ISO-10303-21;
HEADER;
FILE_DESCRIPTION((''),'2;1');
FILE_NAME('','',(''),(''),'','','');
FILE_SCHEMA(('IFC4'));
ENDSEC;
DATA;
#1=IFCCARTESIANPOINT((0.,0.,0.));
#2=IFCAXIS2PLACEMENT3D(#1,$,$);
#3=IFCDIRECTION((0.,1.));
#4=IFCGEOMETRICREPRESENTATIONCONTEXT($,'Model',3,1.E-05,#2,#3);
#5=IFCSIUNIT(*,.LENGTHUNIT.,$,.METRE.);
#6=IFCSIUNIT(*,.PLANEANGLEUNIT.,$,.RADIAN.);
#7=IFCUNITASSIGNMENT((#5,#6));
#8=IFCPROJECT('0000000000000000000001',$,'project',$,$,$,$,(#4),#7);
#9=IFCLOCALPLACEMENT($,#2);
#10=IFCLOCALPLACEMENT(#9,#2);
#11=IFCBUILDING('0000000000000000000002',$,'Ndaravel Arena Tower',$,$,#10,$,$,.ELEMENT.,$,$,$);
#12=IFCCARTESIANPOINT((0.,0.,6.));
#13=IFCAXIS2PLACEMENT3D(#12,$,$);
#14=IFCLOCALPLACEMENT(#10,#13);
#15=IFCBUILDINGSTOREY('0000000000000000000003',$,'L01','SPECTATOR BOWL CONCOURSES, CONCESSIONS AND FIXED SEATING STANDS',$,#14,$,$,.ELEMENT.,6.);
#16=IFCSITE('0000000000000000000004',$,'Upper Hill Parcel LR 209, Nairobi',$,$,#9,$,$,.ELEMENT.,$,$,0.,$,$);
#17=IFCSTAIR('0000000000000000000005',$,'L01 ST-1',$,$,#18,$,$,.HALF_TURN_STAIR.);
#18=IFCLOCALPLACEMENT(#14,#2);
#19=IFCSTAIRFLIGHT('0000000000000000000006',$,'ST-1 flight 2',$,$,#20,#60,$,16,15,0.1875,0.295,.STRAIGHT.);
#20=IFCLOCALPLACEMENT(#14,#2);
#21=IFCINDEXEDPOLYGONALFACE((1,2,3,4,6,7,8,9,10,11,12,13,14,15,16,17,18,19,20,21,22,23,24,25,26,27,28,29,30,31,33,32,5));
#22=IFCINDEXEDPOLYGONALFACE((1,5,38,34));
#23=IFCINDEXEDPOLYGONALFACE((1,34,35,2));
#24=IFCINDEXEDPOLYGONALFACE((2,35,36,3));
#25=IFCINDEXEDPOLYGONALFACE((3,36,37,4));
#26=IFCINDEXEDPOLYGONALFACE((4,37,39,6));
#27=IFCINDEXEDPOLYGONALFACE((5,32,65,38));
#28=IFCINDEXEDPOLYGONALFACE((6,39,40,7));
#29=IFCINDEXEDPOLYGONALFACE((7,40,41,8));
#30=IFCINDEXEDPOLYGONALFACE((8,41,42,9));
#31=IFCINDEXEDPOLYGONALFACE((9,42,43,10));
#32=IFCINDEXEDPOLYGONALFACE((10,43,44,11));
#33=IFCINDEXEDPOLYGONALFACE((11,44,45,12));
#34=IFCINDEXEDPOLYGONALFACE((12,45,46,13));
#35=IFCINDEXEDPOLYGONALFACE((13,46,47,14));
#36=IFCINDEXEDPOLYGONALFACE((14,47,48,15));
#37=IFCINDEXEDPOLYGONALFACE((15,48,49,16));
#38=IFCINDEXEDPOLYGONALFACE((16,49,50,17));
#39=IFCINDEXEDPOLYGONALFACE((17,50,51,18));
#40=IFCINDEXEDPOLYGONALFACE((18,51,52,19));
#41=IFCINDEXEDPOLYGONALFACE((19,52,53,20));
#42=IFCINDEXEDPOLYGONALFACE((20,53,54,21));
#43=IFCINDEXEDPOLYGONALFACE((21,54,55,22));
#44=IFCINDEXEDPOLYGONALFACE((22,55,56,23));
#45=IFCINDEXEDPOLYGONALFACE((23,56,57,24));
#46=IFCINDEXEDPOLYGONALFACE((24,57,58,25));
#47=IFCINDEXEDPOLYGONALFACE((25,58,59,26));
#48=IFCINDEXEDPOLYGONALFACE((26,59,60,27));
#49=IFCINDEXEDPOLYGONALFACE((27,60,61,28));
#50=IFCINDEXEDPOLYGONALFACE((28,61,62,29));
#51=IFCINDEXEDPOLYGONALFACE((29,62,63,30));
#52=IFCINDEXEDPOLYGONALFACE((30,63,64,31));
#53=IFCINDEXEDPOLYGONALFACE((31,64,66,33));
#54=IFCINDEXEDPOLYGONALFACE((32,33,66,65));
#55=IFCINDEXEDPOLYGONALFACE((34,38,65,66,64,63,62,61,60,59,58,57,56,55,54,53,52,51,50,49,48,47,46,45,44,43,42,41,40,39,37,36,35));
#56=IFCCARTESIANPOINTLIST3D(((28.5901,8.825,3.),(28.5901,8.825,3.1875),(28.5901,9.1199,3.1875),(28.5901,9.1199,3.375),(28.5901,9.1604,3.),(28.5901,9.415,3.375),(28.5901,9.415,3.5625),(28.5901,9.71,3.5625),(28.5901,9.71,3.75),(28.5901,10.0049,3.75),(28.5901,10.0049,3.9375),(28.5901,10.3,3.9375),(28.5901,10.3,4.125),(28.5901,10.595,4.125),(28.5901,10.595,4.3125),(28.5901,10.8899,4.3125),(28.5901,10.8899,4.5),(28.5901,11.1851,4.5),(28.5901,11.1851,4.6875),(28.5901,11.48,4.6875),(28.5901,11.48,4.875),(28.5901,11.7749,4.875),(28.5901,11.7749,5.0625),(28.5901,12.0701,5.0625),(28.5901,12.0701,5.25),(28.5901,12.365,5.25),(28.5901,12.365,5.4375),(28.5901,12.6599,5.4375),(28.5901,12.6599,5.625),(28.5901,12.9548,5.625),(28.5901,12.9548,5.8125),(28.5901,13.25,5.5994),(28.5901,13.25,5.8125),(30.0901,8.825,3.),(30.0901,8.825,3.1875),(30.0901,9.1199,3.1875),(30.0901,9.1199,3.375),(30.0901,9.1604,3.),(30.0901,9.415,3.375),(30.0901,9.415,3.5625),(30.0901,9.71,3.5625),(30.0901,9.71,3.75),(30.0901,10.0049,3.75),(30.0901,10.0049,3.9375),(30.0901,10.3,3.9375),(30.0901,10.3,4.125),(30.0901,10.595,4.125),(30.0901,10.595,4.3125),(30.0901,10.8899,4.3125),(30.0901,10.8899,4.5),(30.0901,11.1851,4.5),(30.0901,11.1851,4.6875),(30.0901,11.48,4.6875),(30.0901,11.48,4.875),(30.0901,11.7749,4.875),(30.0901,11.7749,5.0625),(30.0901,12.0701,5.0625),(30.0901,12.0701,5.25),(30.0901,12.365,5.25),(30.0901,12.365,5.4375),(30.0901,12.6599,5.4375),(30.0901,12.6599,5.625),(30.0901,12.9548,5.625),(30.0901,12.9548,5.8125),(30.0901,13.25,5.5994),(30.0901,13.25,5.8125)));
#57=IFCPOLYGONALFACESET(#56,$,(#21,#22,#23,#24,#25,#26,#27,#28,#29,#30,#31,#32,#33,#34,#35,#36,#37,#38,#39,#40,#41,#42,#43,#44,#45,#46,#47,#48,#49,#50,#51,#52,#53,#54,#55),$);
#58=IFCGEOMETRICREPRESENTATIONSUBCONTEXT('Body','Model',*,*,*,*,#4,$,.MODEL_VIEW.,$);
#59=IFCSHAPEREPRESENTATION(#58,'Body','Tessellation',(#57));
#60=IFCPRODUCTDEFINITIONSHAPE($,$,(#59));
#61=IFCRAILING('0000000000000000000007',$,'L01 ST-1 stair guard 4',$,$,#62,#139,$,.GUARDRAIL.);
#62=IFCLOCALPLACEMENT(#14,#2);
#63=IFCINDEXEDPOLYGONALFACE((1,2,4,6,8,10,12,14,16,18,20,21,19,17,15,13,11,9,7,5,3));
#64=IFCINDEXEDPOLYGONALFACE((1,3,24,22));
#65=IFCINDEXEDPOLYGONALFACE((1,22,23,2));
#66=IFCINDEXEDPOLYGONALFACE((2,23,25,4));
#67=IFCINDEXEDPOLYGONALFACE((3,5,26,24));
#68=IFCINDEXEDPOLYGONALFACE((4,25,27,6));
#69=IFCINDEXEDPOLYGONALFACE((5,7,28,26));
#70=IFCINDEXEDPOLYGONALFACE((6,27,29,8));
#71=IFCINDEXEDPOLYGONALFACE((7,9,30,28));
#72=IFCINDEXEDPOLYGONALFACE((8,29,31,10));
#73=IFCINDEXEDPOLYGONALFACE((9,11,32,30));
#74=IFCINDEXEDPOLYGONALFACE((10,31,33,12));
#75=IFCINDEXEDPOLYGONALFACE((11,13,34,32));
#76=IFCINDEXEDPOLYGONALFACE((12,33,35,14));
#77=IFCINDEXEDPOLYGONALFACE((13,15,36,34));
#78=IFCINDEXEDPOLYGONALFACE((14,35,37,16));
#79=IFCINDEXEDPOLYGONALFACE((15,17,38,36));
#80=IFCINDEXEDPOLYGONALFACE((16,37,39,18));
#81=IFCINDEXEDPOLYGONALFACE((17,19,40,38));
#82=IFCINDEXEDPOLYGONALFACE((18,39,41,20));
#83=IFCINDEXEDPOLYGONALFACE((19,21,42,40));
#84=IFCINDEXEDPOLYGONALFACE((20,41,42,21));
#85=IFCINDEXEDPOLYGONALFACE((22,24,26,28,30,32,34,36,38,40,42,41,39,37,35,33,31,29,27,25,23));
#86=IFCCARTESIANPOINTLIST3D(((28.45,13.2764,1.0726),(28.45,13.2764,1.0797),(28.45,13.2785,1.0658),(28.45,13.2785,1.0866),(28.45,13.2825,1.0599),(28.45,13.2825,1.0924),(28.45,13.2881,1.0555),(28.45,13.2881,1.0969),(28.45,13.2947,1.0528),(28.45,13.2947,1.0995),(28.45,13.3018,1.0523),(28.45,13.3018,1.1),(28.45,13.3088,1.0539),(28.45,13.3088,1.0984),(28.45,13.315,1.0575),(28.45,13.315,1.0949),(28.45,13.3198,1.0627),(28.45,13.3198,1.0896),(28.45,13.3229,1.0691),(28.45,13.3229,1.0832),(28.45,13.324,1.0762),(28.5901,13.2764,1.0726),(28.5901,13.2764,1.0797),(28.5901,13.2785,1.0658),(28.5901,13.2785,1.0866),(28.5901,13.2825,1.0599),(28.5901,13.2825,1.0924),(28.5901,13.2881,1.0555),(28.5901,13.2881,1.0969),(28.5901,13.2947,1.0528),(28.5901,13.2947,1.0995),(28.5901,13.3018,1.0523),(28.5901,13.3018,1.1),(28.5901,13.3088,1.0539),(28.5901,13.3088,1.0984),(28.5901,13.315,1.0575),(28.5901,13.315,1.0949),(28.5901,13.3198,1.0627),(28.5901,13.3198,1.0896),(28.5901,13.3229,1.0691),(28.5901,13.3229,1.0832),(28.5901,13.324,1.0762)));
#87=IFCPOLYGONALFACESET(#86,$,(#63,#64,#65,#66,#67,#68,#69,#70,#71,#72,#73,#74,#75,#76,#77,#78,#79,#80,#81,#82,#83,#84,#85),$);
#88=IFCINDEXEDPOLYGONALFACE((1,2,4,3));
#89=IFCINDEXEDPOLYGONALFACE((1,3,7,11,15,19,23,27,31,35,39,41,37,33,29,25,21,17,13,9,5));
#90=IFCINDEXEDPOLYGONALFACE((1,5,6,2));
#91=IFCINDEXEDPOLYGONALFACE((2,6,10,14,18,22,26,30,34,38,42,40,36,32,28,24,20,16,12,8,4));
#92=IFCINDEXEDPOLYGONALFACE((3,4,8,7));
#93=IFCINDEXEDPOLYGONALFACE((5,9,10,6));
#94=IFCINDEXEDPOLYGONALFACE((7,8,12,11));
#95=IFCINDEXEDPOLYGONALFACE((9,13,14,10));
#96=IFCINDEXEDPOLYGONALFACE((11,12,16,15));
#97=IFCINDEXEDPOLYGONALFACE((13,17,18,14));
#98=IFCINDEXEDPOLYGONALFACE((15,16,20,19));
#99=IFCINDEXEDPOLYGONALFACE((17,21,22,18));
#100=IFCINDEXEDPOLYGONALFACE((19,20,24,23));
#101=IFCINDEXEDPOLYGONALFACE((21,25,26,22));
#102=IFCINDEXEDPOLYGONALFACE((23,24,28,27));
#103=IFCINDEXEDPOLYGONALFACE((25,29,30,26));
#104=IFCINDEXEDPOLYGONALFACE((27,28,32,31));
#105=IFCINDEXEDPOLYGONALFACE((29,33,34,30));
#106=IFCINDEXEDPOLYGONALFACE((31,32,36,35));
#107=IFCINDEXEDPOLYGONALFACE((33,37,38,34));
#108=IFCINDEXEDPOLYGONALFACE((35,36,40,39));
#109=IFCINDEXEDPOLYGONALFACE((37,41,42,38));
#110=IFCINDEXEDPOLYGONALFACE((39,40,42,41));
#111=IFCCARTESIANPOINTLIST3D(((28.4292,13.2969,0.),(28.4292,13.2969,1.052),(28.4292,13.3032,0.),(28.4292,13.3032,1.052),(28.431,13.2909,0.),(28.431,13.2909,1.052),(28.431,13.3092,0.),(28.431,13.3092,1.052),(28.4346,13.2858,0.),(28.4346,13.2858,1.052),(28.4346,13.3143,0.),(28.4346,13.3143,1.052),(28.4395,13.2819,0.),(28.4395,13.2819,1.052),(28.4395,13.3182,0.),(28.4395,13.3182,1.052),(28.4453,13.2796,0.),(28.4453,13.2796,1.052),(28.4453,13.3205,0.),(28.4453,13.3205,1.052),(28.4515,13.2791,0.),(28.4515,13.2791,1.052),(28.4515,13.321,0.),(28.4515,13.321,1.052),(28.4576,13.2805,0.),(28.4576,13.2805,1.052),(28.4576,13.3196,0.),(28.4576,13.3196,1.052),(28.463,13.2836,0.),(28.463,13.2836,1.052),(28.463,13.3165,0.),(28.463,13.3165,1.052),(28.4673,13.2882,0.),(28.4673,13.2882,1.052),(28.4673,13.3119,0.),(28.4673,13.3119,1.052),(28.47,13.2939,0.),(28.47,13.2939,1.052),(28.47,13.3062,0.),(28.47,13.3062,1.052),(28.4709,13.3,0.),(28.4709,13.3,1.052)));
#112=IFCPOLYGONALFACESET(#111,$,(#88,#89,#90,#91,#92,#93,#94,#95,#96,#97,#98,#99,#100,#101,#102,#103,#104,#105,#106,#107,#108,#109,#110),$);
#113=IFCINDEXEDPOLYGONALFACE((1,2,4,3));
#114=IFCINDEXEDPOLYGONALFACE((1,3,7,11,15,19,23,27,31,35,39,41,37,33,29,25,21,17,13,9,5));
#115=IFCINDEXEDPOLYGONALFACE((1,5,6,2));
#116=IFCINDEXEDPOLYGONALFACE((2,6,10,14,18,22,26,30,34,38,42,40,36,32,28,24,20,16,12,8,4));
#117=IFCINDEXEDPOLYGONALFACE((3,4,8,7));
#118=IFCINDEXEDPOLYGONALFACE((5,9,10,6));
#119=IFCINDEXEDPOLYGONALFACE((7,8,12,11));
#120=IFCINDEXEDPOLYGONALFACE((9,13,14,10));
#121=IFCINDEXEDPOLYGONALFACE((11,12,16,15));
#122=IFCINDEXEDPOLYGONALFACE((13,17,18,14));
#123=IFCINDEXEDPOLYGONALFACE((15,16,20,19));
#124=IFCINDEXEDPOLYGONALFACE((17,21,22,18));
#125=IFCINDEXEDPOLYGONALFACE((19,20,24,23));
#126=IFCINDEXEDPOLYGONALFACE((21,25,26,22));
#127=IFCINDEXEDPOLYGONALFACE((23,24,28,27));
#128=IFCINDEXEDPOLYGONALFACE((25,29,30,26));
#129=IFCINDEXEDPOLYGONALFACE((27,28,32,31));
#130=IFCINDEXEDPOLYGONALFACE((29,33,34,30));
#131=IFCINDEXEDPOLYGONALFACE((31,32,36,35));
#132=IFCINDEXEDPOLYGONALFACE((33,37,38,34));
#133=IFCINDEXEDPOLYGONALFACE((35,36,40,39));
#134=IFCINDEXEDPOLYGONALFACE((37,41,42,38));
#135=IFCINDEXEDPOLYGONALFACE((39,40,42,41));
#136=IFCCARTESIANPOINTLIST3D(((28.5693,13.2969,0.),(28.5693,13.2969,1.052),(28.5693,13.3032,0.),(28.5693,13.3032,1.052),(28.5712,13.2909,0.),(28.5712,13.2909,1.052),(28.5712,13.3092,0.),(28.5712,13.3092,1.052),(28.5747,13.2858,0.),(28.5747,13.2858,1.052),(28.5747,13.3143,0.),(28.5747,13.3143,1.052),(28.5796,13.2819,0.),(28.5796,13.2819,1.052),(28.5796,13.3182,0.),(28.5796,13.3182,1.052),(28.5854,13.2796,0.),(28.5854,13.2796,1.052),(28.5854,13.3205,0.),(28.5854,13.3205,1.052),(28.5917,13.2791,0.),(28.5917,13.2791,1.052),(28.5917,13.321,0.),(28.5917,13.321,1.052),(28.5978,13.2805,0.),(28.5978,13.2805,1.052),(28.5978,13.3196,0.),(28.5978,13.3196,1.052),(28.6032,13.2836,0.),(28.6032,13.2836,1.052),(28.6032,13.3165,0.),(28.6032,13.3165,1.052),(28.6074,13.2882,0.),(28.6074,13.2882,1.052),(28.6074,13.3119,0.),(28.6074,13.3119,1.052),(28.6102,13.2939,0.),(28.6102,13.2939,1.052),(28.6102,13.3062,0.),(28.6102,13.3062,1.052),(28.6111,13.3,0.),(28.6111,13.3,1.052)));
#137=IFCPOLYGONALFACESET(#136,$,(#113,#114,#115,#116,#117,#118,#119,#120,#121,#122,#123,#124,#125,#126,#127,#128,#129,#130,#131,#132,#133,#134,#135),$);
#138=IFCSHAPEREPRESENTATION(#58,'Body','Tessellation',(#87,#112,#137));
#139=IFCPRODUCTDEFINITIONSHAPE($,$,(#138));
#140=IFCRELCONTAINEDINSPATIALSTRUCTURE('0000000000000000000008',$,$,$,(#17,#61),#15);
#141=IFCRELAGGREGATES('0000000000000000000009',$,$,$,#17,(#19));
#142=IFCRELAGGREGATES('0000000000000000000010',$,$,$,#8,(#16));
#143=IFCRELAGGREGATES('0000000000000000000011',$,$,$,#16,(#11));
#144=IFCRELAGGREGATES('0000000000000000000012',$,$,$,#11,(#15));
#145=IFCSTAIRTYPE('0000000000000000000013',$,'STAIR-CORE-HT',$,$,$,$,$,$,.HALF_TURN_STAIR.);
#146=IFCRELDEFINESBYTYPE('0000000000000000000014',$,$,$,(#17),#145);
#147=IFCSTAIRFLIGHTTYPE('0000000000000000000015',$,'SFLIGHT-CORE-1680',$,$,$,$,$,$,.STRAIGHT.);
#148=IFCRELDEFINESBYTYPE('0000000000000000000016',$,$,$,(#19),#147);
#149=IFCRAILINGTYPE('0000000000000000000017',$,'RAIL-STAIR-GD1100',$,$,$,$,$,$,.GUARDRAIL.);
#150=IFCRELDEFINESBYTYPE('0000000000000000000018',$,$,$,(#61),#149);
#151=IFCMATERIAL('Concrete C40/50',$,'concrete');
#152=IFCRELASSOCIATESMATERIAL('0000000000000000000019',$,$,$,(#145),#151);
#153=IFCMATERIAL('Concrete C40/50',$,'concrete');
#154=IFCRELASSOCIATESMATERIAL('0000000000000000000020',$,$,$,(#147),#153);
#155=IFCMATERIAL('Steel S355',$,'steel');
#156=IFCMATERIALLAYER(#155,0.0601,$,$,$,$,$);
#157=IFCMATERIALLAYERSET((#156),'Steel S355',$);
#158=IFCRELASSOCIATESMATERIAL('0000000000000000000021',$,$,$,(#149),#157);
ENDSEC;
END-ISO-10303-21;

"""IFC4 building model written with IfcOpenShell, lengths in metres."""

from ifc_helpers import new_model, si_unit, direction, frame, origin, origin_2d, place, context, subcontext, project, spatial, polyline, circle, outline, extrude, material, layer, layer_set, type_object, element, aggregate, save


model = new_model("IFC4")

# Units and contexts
model_context = context("Model", 3, precision=1e-05, world=origin(), true_north=direction((0.0, 1.0)))
body_context = subcontext(model_context, "Body", "Model", "MODEL_VIEW")
ifc_project = project(units=[si_unit("LENGTHUNIT", "METRE"), si_unit("PLANEANGLEUNIT", "RADIAN")], contexts=[model_context])

# Site, building, storey
site_placement = place(None, origin())
site = spatial("IfcSite", under=ifc_project, at=site_placement, Name="Upper Hill Parcel LR 209, Nairobi", CompositionType="ELEMENT", RefElevation=0.0)
building_placement = place(site_placement, origin())
building = spatial("IfcBuilding", under=site, at=building_placement, Name="Ndaravel Arena Tower", CompositionType="ELEMENT")
storey_placement = place(building_placement, frame((0.0, 0.0, 6.0)))
storey = spatial("IfcBuildingStorey", under=building, at=storey_placement, Name="L01", Description="SPECTATOR BOWL CONCOURSES, CONCESSIONS AND FIXED SEATING STANDS", CompositionType="ELEMENT", Elevation=6.0)

# Stair, stair flight
ifc_material_1 = material(Name="Concrete C40/50", Category="concrete")
stair_type = type_object("IfcStairType", Name="STAIR-CORE-HT", PredefinedType="HALF_TURN_STAIR", material=ifc_material_1)
stair_placement = place(storey_placement, origin())
stair = element("IfcStair", 1, at=stair_placement, inside=storey, type_object=stair_type, Name="L01 ST-1", PredefinedType="HALF_TURN_STAIR")
ifc_material_2 = material(Name="Concrete C40/50", Category="concrete")
stair_flight_type = type_object("IfcStairFlightType", Name="SFLIGHT-CORE-1680", PredefinedType="STRAIGHT", material=ifc_material_2)
stair_flight_1_placement = place(storey_placement, frame((29.3401, 8.825, 3.0), z_axis=(0.0, 0.0, 1.0), x_axis=(0.0, 1.0, 0.0)))
stair_flight_1 = element("IfcStairFlight", 2, at=stair_flight_1_placement, type_object=stair_flight_type, Name="ST-1 flight 2", NumberOfRisers=16, NumberOfTreads=15, PredefinedType="STRAIGHT", RiserHeight=0.1875, TreadLength=0.295, context=body_context, shape_type="SweptSolid", body=[
    extrude(outline(polyline([(0.0, 0.0), (0.0, 0.1875), (0.2949, 0.1875), (0.2949, 0.375), (0.5901, 0.375), (0.5901, 0.5625), (0.885, 0.5625), (0.885, 0.75), (1.1799, 0.75), (1.1799, 0.9375), (1.4751, 0.9375), (1.4751, 1.125), (1.77, 1.125), (1.77, 1.3125), (2.0649, 1.3125), (2.0649, 1.5), (2.3601, 1.5), (2.3601, 1.6875), (2.655, 1.6875), (2.655, 1.875), (2.95, 1.875), (2.95, 2.0625), (3.2451, 2.0625), (3.2451, 2.25), (3.54, 2.25), (3.54, 2.4375), (3.835, 2.4375), (3.835, 2.625), (4.1299, 2.625), (4.1299, 2.8125), (4.425, 2.8125), (4.425, 3.0), (4.425, 2.5994), (0.3354, 0.0), (0.0, 0.0)])), frame((0.0, 0.75, 0.0), z_axis=(0.0, -1.0, 0.0), x_axis=(1.0, 0.0, 0.0)), (0.0, 0.0, 1.0), 1.5),
])
aggregate(stair, [stair_flight_1])

# Railing
ifc_material_3 = material(Name="Steel S355", Category="steel")
ifc_layer_1 = layer(ifc_material_3, 0.0601)
ifc_layer_set_1 = layer_set([ifc_layer_1], Name="Steel S355")
railing_type_1 = type_object("IfcRailingType", Name="RAIL-STAIR-GD1100", PredefinedType="GUARDRAIL", material=ifc_layer_set_1)
railing_1_placement = place(storey_placement, frame((28.45, 13.3, 0.0)))
element("IfcRailing", 3, at=railing_1_placement, inside=storey, type_object=railing_type_1, Name="L01 ST-1 stair guard 4", PredefinedType="GUARDRAIL", context=body_context, shape_type="SweptSolid", body=[
    extrude(circle(Radius=0.0239, at=origin_2d()), frame((0.0, 0.0, 1.0762), z_axis=(1.0, 0.0, 0.0), x_axis=(0.0, 1.0, 0.0)), (0.0, 0.0, 1.0), 0.1401),
    extrude(circle(Radius=0.021, at=origin_2d()), origin(), (0.0, 0.0, 1.0), 1.052),
    extrude(circle(Radius=0.021, at=origin_2d()), frame((0.1401, 0.0, 0.0)), (0.0, 0.0, 1.0), 1.052),
])

save(model, "model.ifc")
